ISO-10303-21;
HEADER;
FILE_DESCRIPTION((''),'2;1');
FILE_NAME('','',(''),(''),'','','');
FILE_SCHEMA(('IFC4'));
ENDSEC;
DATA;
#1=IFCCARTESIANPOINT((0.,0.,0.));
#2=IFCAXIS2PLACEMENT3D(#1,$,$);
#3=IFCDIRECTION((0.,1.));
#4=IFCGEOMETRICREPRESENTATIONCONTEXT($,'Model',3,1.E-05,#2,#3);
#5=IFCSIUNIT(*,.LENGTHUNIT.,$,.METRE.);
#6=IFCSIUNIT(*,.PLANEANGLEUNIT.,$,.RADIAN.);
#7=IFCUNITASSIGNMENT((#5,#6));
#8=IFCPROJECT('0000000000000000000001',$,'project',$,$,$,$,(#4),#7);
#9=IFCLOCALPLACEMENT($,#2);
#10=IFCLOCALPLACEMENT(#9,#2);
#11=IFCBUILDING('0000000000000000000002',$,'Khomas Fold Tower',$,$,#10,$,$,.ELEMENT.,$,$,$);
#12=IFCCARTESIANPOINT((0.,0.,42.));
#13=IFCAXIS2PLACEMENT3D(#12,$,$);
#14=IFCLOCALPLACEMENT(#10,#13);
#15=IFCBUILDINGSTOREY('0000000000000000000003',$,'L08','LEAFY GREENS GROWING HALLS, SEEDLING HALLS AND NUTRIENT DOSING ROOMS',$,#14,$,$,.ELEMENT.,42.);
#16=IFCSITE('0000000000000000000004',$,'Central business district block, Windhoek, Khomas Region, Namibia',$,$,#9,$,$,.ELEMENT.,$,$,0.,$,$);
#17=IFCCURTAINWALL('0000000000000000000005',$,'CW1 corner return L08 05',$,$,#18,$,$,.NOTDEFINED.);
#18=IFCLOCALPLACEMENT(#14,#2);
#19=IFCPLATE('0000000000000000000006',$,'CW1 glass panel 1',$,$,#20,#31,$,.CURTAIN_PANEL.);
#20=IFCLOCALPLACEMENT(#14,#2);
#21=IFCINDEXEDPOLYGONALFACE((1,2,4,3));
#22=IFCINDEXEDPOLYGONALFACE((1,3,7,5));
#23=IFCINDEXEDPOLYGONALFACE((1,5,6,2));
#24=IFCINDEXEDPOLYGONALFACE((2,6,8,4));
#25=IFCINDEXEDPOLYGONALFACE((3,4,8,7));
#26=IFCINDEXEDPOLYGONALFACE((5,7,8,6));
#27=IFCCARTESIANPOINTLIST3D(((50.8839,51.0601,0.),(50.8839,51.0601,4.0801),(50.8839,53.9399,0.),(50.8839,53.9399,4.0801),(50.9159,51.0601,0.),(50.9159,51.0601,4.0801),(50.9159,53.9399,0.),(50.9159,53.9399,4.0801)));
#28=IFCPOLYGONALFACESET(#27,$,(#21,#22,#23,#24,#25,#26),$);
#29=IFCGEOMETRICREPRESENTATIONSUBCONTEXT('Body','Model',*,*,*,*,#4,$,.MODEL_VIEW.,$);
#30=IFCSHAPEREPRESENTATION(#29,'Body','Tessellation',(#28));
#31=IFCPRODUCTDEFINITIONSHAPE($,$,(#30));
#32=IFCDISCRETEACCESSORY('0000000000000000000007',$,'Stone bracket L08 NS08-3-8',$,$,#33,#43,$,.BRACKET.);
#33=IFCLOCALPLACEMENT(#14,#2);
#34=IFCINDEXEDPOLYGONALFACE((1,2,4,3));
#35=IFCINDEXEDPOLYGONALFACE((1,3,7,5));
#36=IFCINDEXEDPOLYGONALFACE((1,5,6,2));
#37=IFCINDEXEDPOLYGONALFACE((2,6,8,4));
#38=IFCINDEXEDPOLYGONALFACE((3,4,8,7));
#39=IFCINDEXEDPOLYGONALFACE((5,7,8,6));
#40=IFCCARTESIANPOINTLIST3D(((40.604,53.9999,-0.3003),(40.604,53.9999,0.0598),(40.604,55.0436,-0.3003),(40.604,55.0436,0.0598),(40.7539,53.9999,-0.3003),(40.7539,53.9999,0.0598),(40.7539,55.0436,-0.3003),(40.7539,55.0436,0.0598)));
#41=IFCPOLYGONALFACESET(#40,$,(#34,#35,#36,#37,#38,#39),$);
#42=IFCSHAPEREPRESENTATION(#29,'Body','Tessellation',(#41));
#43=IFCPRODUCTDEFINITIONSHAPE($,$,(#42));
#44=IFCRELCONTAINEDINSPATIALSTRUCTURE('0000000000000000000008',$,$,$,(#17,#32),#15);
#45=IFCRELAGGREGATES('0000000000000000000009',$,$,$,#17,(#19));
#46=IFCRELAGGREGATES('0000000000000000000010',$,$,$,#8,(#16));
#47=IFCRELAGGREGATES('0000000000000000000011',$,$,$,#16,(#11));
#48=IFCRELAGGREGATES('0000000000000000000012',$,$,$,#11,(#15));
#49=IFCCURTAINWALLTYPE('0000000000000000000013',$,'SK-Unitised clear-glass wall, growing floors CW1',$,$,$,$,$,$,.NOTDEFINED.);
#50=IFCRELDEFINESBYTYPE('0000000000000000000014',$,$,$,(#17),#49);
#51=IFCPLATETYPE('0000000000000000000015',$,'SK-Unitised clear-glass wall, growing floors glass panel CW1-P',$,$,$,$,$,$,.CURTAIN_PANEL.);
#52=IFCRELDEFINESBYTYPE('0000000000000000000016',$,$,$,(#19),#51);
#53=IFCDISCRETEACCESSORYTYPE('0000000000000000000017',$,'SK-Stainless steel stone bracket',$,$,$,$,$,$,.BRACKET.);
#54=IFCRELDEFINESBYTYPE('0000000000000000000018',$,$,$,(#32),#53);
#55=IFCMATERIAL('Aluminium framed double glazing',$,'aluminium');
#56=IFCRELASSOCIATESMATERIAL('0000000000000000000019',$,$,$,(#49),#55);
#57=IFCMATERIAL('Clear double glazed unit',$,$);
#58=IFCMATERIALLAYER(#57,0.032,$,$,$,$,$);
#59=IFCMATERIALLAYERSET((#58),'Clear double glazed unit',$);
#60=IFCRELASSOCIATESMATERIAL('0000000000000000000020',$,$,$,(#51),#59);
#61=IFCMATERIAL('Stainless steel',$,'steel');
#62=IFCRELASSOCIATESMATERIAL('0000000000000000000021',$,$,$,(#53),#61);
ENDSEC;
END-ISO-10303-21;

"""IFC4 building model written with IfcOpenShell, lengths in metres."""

from ifc_helpers import new_model, si_unit, direction, frame, origin, origin_2d, place, context, subcontext, project, spatial, rectangle, extrude, source, transform, mapped, material, layer, layer_set, type_object, element, aggregate, save


model = new_model("IFC4")

# Units and contexts
model_context = context("Model", 3, precision=1e-05, world=origin(), true_north=direction((0.0, 1.0)))
body_context = subcontext(model_context, "Body", "Model", "MODEL_VIEW")
ifc_project = project(units=[si_unit("LENGTHUNIT", "METRE"), si_unit("PLANEANGLEUNIT", "RADIAN")], contexts=[model_context])

# Site, building, storey
site_placement = place(None, origin())
site = spatial("IfcSite", under=ifc_project, at=site_placement, Name="Central business district block, Windhoek, Khomas Region, Namibia", CompositionType="ELEMENT", RefElevation=0.0)
building_placement = place(site_placement, origin())
building = spatial("IfcBuilding", under=site, at=building_placement, Name="Khomas Fold Tower", CompositionType="ELEMENT")
storey_placement = place(building_placement, frame((0.0, 0.0, 42.0)))
storey = spatial("IfcBuildingStorey", under=building, at=storey_placement, Name="L08", Description="LEAFY GREENS GROWING HALLS, SEEDLING HALLS AND NUTRIENT DOSING ROOMS", CompositionType="ELEMENT", Elevation=42.0)

# Shared definitions
ifc_material_1 = material(Name="Aluminium framed double glazing", Category="aluminium")
curtain_wall_type = type_object("IfcCurtainWallType", Name="SK-Unitised clear-glass wall, growing floors CW1", PredefinedType="NOTDEFINED", material=ifc_material_1)

# Curtain wall
curtain_wall_1_placement = place(storey_placement, origin())
curtain_wall_1 = element("IfcCurtainWall", 1, at=curtain_wall_1_placement, inside=storey, type_object=curtain_wall_type, Name="CW1 corner return L08 05", PredefinedType="NOTDEFINED")

# Plate
ifc_material_2 = material(Name="Clear double glazed unit")
ifc_layer = layer(ifc_material_2, 0.032)
ifc_layer_set = layer_set([ifc_layer], Name="Clear double glazed unit")
plate_type = type_object("IfcPlateType", Name="SK-Unitised clear-glass wall, growing floors glass panel CW1-P", PredefinedType="CURTAIN_PANEL", material=ifc_layer_set)
shared_shape_1 = source(origin(), body_context, "Body", "SweptSolid", [
    extrude(rectangle(XDim=2.8799, YDim=0.032, at=origin_2d()), origin(), (0.0, 0.0, 1.0), 4.0801),
])
plate_1_placement = place(storey_placement, frame((50.8999, 52.5, 0.0), z_axis=(0.0, 0.0, 1.0), x_axis=(0.0, 1.0, 0.0)))
plate_1 = element("IfcPlate", 2, at=plate_1_placement, type_object=plate_type, Name="CW1 glass panel 1", PredefinedType="CURTAIN_PANEL", context=body_context, shape_type="MappedRepresentation", body=[
    mapped(shared_shape_1, transform((0.0, 0.0, 0.0))),
])
aggregate(curtain_wall_1, [plate_1])

# Discrete accessory
ifc_material_3 = material(Name="Stainless steel", Category="steel")
discrete_accessory_type = type_object("IfcDiscreteAccessoryType", Name="SK-Stainless steel stone bracket", PredefinedType="BRACKET", material=ifc_material_3)
shared_shape_2 = source(origin(), body_context, "Body", "SweptSolid", [
    extrude(rectangle(XDim=1.0437, YDim=0.1499, at=origin_2d()), origin(), (0.0, 0.0, 1.0), 0.3601),
])
discrete_accessory_placement = place(storey_placement, frame((40.679, 54.5217, -0.3003), z_axis=(0.0, 0.0, 1.0), x_axis=(0.0, 1.0, 0.0)))
element("IfcDiscreteAccessory", 3, at=discrete_accessory_placement, inside=storey, type_object=discrete_accessory_type, Name="Stone bracket L08 NS08-3-8", PredefinedType="BRACKET", context=body_context, shape_type="MappedRepresentation", body=[
    mapped(shared_shape_2, transform((0.0, 0.0, 0.0))),
])

save(model, "model.ifc")
